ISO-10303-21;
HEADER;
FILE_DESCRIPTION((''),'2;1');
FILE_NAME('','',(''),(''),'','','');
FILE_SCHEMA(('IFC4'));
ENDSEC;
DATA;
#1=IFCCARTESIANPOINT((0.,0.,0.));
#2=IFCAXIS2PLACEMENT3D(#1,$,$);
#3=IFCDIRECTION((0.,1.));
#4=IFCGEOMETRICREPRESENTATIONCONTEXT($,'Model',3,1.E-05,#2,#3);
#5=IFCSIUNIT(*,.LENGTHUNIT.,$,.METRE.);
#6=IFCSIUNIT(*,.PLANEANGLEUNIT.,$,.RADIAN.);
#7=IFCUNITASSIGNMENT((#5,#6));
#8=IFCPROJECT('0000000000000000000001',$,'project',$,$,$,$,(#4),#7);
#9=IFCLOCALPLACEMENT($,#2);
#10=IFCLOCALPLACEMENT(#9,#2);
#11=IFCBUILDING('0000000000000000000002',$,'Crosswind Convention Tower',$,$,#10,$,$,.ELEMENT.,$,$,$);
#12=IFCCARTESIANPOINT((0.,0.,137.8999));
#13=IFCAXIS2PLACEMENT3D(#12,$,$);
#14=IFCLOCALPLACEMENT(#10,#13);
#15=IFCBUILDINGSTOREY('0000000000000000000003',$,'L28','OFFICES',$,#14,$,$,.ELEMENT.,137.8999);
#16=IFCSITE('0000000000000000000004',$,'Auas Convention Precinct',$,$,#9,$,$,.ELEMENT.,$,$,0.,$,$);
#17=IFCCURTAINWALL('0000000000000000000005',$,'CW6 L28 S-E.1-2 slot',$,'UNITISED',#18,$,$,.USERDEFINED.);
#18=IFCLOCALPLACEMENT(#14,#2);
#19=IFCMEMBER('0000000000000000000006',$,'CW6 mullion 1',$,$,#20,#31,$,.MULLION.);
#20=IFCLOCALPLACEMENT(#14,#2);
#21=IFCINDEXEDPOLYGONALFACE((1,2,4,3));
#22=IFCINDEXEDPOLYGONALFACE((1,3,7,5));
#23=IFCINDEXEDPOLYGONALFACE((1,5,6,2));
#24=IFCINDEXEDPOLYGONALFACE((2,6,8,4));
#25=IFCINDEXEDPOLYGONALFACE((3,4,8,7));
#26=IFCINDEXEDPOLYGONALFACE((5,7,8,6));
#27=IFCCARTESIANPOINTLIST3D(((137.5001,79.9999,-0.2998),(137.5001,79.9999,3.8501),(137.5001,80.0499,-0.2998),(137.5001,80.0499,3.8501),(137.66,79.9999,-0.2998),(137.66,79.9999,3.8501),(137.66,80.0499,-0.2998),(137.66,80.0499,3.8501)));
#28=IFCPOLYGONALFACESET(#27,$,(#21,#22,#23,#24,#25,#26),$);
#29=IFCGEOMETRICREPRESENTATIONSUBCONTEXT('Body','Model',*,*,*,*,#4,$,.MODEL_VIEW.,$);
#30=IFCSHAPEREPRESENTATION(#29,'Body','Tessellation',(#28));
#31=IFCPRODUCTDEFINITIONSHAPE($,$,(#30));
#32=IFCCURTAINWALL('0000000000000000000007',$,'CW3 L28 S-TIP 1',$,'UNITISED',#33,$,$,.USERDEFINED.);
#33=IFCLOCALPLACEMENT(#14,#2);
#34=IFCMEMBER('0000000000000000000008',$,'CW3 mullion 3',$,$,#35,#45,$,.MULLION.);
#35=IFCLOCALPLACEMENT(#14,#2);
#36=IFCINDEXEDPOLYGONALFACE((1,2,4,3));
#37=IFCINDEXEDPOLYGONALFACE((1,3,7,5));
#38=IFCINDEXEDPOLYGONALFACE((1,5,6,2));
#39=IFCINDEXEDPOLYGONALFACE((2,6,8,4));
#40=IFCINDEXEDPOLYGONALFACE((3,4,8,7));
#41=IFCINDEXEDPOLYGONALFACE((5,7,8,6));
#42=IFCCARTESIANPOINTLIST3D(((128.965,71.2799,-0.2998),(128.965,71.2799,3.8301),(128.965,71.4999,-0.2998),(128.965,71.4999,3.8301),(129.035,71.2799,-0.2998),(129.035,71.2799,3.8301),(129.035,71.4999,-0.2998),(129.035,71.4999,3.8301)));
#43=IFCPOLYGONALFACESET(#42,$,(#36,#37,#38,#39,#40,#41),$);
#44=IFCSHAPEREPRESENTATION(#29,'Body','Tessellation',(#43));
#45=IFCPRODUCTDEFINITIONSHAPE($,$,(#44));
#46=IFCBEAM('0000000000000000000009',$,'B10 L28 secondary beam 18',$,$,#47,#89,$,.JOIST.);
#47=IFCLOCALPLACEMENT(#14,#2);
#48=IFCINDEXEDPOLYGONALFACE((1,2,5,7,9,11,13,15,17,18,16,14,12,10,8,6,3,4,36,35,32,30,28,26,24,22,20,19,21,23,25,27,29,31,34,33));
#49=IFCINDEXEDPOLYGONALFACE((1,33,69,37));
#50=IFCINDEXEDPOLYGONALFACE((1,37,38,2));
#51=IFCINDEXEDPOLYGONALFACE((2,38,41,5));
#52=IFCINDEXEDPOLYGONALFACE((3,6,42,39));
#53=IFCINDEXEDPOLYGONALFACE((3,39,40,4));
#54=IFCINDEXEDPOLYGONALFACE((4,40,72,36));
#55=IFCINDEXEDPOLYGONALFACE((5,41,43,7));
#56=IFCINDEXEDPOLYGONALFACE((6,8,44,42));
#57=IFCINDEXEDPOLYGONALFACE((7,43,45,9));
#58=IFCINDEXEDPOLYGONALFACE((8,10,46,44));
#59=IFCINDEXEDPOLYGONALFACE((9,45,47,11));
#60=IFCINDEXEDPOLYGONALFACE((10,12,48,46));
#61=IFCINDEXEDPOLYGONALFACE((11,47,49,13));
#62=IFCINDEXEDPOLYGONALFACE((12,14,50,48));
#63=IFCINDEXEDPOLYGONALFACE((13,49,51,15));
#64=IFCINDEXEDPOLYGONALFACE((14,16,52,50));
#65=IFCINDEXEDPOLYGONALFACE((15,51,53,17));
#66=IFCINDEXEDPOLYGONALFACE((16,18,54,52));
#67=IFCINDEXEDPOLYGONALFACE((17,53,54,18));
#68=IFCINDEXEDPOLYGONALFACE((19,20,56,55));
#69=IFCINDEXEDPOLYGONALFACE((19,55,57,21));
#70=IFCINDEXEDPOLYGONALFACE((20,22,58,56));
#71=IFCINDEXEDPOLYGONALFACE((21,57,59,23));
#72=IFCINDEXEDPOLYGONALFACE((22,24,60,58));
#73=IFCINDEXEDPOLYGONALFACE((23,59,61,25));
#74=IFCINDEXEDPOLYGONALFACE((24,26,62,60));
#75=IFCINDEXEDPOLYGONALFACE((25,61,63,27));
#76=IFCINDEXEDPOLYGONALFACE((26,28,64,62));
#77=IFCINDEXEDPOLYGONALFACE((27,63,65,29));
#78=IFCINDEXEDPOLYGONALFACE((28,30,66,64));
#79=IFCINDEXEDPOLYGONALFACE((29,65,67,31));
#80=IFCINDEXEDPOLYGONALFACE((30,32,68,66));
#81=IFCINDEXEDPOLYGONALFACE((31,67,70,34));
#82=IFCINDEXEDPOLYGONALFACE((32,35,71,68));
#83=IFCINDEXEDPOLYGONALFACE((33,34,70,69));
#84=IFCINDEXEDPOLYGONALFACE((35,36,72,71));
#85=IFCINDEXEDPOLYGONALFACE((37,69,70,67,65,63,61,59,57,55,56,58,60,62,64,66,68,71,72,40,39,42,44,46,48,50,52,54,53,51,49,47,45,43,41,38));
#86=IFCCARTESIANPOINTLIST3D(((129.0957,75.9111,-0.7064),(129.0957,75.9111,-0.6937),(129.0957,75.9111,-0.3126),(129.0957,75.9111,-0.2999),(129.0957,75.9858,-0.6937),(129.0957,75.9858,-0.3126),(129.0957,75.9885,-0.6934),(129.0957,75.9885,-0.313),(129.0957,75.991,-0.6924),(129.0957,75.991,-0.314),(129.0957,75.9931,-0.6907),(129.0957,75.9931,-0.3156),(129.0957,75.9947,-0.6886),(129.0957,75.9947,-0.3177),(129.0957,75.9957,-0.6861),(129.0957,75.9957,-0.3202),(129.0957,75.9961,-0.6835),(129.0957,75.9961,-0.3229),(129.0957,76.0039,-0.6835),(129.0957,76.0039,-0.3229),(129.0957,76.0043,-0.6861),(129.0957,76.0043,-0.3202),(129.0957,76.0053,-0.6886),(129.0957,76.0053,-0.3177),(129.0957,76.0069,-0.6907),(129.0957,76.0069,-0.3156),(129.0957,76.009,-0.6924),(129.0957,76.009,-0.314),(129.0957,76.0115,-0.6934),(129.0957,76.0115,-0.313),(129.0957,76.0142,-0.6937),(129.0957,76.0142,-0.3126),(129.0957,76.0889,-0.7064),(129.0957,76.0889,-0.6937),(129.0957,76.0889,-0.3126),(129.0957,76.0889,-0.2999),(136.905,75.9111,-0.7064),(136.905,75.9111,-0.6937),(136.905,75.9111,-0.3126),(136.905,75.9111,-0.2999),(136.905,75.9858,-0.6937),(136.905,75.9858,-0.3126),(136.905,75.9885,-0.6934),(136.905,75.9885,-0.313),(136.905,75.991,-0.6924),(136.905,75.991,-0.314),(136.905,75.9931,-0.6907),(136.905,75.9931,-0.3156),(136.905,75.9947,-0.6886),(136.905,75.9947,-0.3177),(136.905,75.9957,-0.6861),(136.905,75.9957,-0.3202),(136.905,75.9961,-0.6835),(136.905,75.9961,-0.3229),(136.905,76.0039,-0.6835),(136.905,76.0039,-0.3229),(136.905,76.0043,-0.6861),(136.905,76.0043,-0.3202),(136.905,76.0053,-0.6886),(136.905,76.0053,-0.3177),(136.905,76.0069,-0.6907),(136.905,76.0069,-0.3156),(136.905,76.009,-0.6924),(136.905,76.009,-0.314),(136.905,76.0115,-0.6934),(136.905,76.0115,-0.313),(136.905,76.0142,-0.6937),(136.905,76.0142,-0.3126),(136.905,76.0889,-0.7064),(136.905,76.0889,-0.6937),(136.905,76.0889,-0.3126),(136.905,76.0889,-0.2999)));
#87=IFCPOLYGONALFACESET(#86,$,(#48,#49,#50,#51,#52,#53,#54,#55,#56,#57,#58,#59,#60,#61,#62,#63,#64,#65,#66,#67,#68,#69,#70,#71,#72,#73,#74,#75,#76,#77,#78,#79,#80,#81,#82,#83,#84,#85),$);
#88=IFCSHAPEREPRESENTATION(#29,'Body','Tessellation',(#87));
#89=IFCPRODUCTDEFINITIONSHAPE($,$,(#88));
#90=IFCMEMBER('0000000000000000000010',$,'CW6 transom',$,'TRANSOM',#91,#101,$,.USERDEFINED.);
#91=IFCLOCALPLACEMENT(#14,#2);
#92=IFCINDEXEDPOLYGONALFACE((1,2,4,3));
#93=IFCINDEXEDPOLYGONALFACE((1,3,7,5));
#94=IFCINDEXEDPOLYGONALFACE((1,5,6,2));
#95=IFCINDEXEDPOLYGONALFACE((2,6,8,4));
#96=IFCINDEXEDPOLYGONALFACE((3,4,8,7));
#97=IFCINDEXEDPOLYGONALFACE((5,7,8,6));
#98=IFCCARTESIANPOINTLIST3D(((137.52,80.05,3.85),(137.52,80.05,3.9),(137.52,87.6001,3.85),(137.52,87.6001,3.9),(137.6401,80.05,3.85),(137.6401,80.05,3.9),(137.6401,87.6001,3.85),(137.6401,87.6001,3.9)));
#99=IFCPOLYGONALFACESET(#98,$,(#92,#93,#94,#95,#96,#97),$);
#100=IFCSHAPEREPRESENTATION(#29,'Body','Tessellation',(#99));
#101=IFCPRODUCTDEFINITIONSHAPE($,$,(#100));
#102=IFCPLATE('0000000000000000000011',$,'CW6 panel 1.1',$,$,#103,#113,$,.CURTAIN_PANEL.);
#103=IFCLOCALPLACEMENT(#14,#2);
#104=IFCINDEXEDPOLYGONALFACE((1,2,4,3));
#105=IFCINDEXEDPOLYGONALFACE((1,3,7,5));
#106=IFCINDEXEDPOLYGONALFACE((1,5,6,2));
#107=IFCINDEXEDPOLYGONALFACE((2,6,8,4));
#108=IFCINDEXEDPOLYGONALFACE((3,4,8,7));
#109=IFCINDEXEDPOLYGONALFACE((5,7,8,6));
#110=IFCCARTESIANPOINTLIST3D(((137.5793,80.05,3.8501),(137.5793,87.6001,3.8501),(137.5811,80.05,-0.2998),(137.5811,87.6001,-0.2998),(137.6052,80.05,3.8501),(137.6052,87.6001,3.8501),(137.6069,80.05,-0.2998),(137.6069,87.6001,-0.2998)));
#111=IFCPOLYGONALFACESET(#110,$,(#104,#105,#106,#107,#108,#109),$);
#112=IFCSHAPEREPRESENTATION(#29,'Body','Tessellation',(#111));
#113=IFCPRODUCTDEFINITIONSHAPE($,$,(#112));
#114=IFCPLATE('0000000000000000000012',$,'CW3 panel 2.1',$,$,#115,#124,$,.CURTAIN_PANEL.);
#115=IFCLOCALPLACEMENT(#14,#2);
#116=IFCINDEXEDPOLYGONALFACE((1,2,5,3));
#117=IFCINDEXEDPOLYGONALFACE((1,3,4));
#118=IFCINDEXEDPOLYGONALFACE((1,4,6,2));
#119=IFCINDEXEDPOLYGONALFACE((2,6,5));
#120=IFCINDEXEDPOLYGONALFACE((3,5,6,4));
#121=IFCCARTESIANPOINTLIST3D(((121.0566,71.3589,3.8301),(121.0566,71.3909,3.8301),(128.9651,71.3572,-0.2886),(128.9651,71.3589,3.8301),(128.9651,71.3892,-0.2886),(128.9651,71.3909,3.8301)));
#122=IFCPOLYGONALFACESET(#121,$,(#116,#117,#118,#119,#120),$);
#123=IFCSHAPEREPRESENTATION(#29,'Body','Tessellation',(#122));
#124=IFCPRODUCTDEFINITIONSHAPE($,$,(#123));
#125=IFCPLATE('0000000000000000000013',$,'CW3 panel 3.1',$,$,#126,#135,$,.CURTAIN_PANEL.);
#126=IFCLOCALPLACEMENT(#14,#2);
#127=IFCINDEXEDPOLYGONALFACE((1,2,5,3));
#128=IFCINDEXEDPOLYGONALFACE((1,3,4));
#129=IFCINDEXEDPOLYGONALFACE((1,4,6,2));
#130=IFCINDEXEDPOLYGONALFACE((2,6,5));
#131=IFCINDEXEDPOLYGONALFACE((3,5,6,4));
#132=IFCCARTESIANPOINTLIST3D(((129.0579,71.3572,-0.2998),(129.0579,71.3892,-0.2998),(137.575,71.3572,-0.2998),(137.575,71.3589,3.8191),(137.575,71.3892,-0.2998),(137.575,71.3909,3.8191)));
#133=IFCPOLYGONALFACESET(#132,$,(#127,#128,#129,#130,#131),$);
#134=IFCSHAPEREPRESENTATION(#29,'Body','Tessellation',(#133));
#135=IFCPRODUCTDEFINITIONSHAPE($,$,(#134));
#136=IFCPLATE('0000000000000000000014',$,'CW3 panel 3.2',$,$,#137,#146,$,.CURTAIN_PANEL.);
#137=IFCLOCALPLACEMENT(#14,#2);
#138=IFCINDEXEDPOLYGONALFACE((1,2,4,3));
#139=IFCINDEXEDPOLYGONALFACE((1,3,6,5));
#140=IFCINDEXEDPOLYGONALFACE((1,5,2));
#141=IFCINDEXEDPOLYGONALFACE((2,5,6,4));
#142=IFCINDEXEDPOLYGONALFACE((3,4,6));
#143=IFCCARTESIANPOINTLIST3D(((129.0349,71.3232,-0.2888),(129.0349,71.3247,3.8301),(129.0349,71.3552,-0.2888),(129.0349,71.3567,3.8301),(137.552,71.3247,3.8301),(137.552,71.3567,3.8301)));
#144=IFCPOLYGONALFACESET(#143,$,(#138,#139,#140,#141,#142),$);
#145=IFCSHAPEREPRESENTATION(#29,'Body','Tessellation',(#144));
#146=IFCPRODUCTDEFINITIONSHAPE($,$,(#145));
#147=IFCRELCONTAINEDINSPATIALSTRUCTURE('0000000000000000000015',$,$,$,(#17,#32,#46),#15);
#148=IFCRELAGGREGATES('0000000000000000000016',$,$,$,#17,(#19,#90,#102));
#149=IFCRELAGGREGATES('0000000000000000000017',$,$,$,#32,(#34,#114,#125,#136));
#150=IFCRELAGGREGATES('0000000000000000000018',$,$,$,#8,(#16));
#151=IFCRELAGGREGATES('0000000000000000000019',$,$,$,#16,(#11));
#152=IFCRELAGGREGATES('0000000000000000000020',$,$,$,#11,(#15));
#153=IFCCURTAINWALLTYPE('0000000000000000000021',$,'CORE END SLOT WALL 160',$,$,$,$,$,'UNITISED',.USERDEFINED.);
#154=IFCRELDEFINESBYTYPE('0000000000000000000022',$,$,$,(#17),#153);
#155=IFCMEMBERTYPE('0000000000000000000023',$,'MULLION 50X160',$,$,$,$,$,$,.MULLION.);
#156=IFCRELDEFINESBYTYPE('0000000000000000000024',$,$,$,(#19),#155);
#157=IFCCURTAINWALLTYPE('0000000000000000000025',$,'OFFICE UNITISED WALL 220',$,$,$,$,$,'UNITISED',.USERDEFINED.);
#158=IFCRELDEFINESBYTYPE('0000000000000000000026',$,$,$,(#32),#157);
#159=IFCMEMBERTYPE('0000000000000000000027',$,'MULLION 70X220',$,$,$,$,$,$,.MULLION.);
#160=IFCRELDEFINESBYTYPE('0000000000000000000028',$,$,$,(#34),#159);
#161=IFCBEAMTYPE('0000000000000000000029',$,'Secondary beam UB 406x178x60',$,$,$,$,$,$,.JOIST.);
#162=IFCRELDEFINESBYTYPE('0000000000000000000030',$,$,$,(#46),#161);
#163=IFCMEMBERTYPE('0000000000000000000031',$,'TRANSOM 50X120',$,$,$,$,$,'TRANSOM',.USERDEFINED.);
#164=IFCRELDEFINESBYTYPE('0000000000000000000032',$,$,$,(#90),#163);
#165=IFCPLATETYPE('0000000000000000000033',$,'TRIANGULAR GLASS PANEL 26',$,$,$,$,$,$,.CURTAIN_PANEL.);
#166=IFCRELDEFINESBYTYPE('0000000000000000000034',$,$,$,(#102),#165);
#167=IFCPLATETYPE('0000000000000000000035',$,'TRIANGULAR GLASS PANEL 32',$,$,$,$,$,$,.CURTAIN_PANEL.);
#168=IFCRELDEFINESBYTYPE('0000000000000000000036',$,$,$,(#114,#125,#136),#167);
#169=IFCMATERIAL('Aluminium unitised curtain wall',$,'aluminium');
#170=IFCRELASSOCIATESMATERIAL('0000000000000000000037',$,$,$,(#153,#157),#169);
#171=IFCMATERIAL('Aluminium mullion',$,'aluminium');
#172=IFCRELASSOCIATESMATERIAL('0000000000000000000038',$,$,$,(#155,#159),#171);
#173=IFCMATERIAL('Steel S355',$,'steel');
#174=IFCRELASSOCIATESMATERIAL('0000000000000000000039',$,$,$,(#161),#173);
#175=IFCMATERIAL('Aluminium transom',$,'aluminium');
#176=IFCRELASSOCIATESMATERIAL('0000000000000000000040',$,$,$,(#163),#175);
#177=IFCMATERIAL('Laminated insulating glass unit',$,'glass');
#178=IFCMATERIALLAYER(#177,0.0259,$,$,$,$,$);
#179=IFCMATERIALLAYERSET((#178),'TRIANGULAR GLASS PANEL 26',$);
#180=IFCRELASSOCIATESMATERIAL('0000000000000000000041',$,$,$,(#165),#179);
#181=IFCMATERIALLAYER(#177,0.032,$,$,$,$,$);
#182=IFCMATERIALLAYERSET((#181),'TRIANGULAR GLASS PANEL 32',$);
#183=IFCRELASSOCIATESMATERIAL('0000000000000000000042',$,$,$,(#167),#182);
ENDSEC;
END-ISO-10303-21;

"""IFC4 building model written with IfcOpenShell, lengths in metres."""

from ifc_helpers import new_model, si_unit, direction, frame, origin, origin_2d, place, context, subcontext, project, spatial, polyline, rectangle, i_section, outline, extrude, material, layer, layer_set, material_profile, profile_set, type_object, element, aggregate, save


model = new_model("IFC4")

# Units and contexts
model_context = context("Model", 3, precision=1e-05, world=origin(), true_north=direction((0.0, 1.0)))
body_context = subcontext(model_context, "Body", "Model", "MODEL_VIEW")
ifc_project = project(units=[si_unit("LENGTHUNIT", "METRE"), si_unit("PLANEANGLEUNIT", "RADIAN")], contexts=[model_context])

# Site, building, storey
site_placement = place(None, origin())
site = spatial("IfcSite", under=ifc_project, at=site_placement, Name="Auas Convention Precinct", CompositionType="ELEMENT", RefElevation=0.0)
building_placement = place(site_placement, origin())
building = spatial("IfcBuilding", under=site, at=building_placement, Name="Crosswind Convention Tower", CompositionType="ELEMENT")
storey_placement = place(building_placement, frame((0.0, 0.0, 137.8999)))
storey = spatial("IfcBuildingStorey", under=building, at=storey_placement, Name="L28", Description="OFFICES", CompositionType="ELEMENT", Elevation=137.8999)

# Shared definitions
ifc_material_1 = material(Name="Steel S355", Category="steel")

# Curtain walls, members
ifc_material_2 = material(Name="Aluminium unitised curtain wall", Category="aluminium")
curtain_wall_type_1 = type_object("IfcCurtainWallType", Name="CORE END SLOT WALL 160", ElementType="UNITISED", PredefinedType="USERDEFINED", material=ifc_material_2)
curtain_wall_1_placement = place(storey_placement, origin())
curtain_wall_1 = element("IfcCurtainWall", 1, at=curtain_wall_1_placement, inside=storey, type_object=curtain_wall_type_1, Name="CW6 L28 S-E.1-2 slot", ObjectType="UNITISED", PredefinedType="USERDEFINED")
ifc_material_3 = material(Name="Aluminium mullion", Category="aluminium")
ifc_material_profile_1 = material_profile(ifc_material_3, rectangle(XDim=0.1599, YDim=0.05, at=origin_2d()), Name="AL 160X50")
ifc_profile_set_1 = profile_set([ifc_material_profile_1], Name="Aluminium mullion")
member_type_1 = type_object("IfcMemberType", Name="MULLION 50X160", PredefinedType="MULLION", material=ifc_profile_set_1)
member_1_placement = place(storey_placement, frame((137.5801, 80.0249, -0.2998), z_axis=(0.0, 0.0, 1.0), x_axis=(1.0, 0.0, 0.0)))
member_1 = element("IfcMember", 2, at=member_1_placement, type_object=member_type_1, Name="CW6 mullion 1", PredefinedType="MULLION", context=body_context, shape_type="SweptSolid", body=[
    extrude(rectangle(XDim=0.1599, YDim=0.05, at=origin_2d()), origin(), (0.0, 0.0, 1.0), 4.1499),
])
curtain_wall_type_2 = type_object("IfcCurtainWallType", Name="OFFICE UNITISED WALL 220", ElementType="UNITISED", PredefinedType="USERDEFINED", material=ifc_material_2)
curtain_wall_2_placement = place(storey_placement, origin())
curtain_wall_2 = element("IfcCurtainWall", 3, at=curtain_wall_2_placement, inside=storey, type_object=curtain_wall_type_2, Name="CW3 L28 S-TIP 1", ObjectType="UNITISED", PredefinedType="USERDEFINED")
ifc_material_profile_2 = material_profile(ifc_material_3, rectangle(XDim=0.22, YDim=0.0701, at=origin_2d()), Name="AL 220X70")
ifc_profile_set_2 = profile_set([ifc_material_profile_2], Name="Aluminium mullion")
member_type_2 = type_object("IfcMemberType", Name="MULLION 70X220", PredefinedType="MULLION", material=ifc_profile_set_2)
member_2_placement = place(storey_placement, frame((129.0, 71.3899, -0.2998), z_axis=(0.0, 0.0, 1.0), x_axis=(0.0, -1.0, 0.0)))
member_2 = element("IfcMember", 4, at=member_2_placement, type_object=member_type_2, Name="CW3 mullion 3", PredefinedType="MULLION", context=body_context, shape_type="SweptSolid", body=[
    extrude(rectangle(XDim=0.22, YDim=0.0701, at=origin_2d()), origin(), (0.0, 0.0, 1.0), 4.1299),
])

# Beam
ifc_material_profile_3 = material_profile(ifc_material_1, i_section(OverallWidth=0.1777, OverallDepth=0.4065, WebThickness=0.0078, FlangeThickness=0.0127, FilletRadius=0.0103, at=origin_2d()), Name="UB 406x178x60")
ifc_profile_set_3 = profile_set([ifc_material_profile_3], Name="Steel S355")
beam_type_1 = type_object("IfcBeamType", Name="Secondary beam UB 406x178x60", PredefinedType="JOIST", material=ifc_profile_set_3)
beam_1_placement = place(storey_placement, frame((129.0957, 76.0, -0.5032), z_axis=(1.0, 0.0, 0.0), x_axis=(0.0, 1.0, 0.0)))
element("IfcBeam", 5, at=beam_1_placement, inside=storey, type_object=beam_type_1, Name="B10 L28 secondary beam 18", PredefinedType="JOIST", context=body_context, shape_type="SweptSolid", body=[
    extrude(i_section(OverallWidth=0.1777, OverallDepth=0.4065, WebThickness=0.0078, FlangeThickness=0.0127, FilletRadius=0.0103, at=origin_2d()), origin(), (0.0, 0.0, 1.0), 7.8093),
])

# Member
ifc_material_4 = material(Name="Aluminium transom", Category="aluminium")
ifc_material_profile_4 = material_profile(ifc_material_4, rectangle(XDim=0.1201, YDim=0.05, at=origin_2d()), Name="AL 120X50")
ifc_profile_set_4 = profile_set([ifc_material_profile_4], Name="Aluminium transom")
member_type_3 = type_object("IfcMemberType", Name="TRANSOM 50X120", ElementType="TRANSOM", PredefinedType="USERDEFINED", material=ifc_profile_set_4)
member_3_placement = place(storey_placement, frame((137.5801, 80.05, 3.875), z_axis=(0.0, 1.0, 0.0), x_axis=(-1.0, 0.0, 0.0)))
member_3 = element("IfcMember", 6, at=member_3_placement, type_object=member_type_3, Name="CW6 transom", ObjectType="TRANSOM", PredefinedType="USERDEFINED", context=body_context, shape_type="SweptSolid", body=[
    extrude(rectangle(XDim=0.1201, YDim=0.05, at=origin_2d()), origin(), (0.0, 0.0, 1.0), 7.55),
])

# Plates
ifc_material_5 = material(Name="Laminated insulating glass unit", Category="glass")
ifc_layer_1 = layer(ifc_material_5, 0.0259)
ifc_layer_set_1 = layer_set([ifc_layer_1], Name="TRIANGULAR GLASS PANEL 26")
plate_type_1 = type_object("IfcPlateType", Name="TRIANGULAR GLASS PANEL 26", PredefinedType="CURTAIN_PANEL", material=ifc_layer_set_1)
plate_1_placement = place(storey_placement, frame((137.6069, 80.05, -0.2998), z_axis=(1.0, 0.0, 0.000412), x_axis=(0.0, 1.0, 0.0)))
plate_1 = element("IfcPlate", 7, at=plate_1_placement, type_object=plate_type_1, Name="CW6 panel 1.1", PredefinedType="CURTAIN_PANEL", context=body_context, shape_type="SweptSolid", body=[
    extrude(outline(polyline([(0.0, 0.0), (7.55, 0.0), (7.55, 4.1499), (0.0, 4.1499), (0.0, 0.0)])), origin(), (0.0, 0.0, -1.0), 0.0259),
])
aggregate(curtain_wall_1, [member_1, member_3, plate_1])
ifc_layer_2 = layer(ifc_material_5, 0.032)
ifc_layer_set_2 = layer_set([ifc_layer_2], Name="TRIANGULAR GLASS PANEL 32")
plate_type_2 = type_object("IfcPlateType", Name="TRIANGULAR GLASS PANEL 32", PredefinedType="CURTAIN_PANEL", material=ifc_layer_set_2)
plate_2_placement = place(storey_placement, frame((128.9651, 71.3589, 3.8301), z_axis=(0.0, -1.0, 0.000415), x_axis=(-1.0, 0.0, 0.0)))
plate_2 = element("IfcPlate", 8, at=plate_2_placement, type_object=plate_type_2, Name="CW3 panel 2.1", PredefinedType="CURTAIN_PANEL", context=body_context, shape_type="SweptSolid", body=[
    extrude(outline(polyline([(0.0, 0.0), (7.9084, 0.0), (0.0, 4.1187), (0.0, 0.0)])), origin(), (0.0, 0.0, -1.0), 0.032),
])
plate_3_placement = place(storey_placement, frame((137.575, 71.3572, -0.2998), z_axis=(0.0, -1.0, 0.000415), x_axis=(0.0, 0.000415, 1.0)))
plate_3 = element("IfcPlate", 9, at=plate_3_placement, type_object=plate_type_2, Name="CW3 panel 3.1", PredefinedType="CURTAIN_PANEL", context=body_context, shape_type="SweptSolid", body=[
    extrude(outline(polyline([(0.0, 0.0), (4.1189, 0.0), (0.0, 8.5171), (0.0, 0.0)])), origin(), (0.0, 0.0, -1.0), 0.032),
])
plate_4_placement = place(storey_placement, frame((129.0349, 71.3247, 3.8301), z_axis=(0.0, -1.0, 0.000356), x_axis=(0.0, -0.000356, -1.0)))
plate_4 = element("IfcPlate", 10, at=plate_4_placement, type_object=plate_type_2, Name="CW3 panel 3.2", PredefinedType="CURTAIN_PANEL", context=body_context, shape_type="SweptSolid", body=[
    extrude(outline(polyline([(0.0, 0.0), (4.1189, 0.0), (0.0, 8.5171), (0.0, 0.0)])), origin(), (0.0, 0.0, -1.0), 0.032),
])
aggregate(curtain_wall_2, [member_2, plate_2, plate_3, plate_4])

save(model, "model.ifc")
